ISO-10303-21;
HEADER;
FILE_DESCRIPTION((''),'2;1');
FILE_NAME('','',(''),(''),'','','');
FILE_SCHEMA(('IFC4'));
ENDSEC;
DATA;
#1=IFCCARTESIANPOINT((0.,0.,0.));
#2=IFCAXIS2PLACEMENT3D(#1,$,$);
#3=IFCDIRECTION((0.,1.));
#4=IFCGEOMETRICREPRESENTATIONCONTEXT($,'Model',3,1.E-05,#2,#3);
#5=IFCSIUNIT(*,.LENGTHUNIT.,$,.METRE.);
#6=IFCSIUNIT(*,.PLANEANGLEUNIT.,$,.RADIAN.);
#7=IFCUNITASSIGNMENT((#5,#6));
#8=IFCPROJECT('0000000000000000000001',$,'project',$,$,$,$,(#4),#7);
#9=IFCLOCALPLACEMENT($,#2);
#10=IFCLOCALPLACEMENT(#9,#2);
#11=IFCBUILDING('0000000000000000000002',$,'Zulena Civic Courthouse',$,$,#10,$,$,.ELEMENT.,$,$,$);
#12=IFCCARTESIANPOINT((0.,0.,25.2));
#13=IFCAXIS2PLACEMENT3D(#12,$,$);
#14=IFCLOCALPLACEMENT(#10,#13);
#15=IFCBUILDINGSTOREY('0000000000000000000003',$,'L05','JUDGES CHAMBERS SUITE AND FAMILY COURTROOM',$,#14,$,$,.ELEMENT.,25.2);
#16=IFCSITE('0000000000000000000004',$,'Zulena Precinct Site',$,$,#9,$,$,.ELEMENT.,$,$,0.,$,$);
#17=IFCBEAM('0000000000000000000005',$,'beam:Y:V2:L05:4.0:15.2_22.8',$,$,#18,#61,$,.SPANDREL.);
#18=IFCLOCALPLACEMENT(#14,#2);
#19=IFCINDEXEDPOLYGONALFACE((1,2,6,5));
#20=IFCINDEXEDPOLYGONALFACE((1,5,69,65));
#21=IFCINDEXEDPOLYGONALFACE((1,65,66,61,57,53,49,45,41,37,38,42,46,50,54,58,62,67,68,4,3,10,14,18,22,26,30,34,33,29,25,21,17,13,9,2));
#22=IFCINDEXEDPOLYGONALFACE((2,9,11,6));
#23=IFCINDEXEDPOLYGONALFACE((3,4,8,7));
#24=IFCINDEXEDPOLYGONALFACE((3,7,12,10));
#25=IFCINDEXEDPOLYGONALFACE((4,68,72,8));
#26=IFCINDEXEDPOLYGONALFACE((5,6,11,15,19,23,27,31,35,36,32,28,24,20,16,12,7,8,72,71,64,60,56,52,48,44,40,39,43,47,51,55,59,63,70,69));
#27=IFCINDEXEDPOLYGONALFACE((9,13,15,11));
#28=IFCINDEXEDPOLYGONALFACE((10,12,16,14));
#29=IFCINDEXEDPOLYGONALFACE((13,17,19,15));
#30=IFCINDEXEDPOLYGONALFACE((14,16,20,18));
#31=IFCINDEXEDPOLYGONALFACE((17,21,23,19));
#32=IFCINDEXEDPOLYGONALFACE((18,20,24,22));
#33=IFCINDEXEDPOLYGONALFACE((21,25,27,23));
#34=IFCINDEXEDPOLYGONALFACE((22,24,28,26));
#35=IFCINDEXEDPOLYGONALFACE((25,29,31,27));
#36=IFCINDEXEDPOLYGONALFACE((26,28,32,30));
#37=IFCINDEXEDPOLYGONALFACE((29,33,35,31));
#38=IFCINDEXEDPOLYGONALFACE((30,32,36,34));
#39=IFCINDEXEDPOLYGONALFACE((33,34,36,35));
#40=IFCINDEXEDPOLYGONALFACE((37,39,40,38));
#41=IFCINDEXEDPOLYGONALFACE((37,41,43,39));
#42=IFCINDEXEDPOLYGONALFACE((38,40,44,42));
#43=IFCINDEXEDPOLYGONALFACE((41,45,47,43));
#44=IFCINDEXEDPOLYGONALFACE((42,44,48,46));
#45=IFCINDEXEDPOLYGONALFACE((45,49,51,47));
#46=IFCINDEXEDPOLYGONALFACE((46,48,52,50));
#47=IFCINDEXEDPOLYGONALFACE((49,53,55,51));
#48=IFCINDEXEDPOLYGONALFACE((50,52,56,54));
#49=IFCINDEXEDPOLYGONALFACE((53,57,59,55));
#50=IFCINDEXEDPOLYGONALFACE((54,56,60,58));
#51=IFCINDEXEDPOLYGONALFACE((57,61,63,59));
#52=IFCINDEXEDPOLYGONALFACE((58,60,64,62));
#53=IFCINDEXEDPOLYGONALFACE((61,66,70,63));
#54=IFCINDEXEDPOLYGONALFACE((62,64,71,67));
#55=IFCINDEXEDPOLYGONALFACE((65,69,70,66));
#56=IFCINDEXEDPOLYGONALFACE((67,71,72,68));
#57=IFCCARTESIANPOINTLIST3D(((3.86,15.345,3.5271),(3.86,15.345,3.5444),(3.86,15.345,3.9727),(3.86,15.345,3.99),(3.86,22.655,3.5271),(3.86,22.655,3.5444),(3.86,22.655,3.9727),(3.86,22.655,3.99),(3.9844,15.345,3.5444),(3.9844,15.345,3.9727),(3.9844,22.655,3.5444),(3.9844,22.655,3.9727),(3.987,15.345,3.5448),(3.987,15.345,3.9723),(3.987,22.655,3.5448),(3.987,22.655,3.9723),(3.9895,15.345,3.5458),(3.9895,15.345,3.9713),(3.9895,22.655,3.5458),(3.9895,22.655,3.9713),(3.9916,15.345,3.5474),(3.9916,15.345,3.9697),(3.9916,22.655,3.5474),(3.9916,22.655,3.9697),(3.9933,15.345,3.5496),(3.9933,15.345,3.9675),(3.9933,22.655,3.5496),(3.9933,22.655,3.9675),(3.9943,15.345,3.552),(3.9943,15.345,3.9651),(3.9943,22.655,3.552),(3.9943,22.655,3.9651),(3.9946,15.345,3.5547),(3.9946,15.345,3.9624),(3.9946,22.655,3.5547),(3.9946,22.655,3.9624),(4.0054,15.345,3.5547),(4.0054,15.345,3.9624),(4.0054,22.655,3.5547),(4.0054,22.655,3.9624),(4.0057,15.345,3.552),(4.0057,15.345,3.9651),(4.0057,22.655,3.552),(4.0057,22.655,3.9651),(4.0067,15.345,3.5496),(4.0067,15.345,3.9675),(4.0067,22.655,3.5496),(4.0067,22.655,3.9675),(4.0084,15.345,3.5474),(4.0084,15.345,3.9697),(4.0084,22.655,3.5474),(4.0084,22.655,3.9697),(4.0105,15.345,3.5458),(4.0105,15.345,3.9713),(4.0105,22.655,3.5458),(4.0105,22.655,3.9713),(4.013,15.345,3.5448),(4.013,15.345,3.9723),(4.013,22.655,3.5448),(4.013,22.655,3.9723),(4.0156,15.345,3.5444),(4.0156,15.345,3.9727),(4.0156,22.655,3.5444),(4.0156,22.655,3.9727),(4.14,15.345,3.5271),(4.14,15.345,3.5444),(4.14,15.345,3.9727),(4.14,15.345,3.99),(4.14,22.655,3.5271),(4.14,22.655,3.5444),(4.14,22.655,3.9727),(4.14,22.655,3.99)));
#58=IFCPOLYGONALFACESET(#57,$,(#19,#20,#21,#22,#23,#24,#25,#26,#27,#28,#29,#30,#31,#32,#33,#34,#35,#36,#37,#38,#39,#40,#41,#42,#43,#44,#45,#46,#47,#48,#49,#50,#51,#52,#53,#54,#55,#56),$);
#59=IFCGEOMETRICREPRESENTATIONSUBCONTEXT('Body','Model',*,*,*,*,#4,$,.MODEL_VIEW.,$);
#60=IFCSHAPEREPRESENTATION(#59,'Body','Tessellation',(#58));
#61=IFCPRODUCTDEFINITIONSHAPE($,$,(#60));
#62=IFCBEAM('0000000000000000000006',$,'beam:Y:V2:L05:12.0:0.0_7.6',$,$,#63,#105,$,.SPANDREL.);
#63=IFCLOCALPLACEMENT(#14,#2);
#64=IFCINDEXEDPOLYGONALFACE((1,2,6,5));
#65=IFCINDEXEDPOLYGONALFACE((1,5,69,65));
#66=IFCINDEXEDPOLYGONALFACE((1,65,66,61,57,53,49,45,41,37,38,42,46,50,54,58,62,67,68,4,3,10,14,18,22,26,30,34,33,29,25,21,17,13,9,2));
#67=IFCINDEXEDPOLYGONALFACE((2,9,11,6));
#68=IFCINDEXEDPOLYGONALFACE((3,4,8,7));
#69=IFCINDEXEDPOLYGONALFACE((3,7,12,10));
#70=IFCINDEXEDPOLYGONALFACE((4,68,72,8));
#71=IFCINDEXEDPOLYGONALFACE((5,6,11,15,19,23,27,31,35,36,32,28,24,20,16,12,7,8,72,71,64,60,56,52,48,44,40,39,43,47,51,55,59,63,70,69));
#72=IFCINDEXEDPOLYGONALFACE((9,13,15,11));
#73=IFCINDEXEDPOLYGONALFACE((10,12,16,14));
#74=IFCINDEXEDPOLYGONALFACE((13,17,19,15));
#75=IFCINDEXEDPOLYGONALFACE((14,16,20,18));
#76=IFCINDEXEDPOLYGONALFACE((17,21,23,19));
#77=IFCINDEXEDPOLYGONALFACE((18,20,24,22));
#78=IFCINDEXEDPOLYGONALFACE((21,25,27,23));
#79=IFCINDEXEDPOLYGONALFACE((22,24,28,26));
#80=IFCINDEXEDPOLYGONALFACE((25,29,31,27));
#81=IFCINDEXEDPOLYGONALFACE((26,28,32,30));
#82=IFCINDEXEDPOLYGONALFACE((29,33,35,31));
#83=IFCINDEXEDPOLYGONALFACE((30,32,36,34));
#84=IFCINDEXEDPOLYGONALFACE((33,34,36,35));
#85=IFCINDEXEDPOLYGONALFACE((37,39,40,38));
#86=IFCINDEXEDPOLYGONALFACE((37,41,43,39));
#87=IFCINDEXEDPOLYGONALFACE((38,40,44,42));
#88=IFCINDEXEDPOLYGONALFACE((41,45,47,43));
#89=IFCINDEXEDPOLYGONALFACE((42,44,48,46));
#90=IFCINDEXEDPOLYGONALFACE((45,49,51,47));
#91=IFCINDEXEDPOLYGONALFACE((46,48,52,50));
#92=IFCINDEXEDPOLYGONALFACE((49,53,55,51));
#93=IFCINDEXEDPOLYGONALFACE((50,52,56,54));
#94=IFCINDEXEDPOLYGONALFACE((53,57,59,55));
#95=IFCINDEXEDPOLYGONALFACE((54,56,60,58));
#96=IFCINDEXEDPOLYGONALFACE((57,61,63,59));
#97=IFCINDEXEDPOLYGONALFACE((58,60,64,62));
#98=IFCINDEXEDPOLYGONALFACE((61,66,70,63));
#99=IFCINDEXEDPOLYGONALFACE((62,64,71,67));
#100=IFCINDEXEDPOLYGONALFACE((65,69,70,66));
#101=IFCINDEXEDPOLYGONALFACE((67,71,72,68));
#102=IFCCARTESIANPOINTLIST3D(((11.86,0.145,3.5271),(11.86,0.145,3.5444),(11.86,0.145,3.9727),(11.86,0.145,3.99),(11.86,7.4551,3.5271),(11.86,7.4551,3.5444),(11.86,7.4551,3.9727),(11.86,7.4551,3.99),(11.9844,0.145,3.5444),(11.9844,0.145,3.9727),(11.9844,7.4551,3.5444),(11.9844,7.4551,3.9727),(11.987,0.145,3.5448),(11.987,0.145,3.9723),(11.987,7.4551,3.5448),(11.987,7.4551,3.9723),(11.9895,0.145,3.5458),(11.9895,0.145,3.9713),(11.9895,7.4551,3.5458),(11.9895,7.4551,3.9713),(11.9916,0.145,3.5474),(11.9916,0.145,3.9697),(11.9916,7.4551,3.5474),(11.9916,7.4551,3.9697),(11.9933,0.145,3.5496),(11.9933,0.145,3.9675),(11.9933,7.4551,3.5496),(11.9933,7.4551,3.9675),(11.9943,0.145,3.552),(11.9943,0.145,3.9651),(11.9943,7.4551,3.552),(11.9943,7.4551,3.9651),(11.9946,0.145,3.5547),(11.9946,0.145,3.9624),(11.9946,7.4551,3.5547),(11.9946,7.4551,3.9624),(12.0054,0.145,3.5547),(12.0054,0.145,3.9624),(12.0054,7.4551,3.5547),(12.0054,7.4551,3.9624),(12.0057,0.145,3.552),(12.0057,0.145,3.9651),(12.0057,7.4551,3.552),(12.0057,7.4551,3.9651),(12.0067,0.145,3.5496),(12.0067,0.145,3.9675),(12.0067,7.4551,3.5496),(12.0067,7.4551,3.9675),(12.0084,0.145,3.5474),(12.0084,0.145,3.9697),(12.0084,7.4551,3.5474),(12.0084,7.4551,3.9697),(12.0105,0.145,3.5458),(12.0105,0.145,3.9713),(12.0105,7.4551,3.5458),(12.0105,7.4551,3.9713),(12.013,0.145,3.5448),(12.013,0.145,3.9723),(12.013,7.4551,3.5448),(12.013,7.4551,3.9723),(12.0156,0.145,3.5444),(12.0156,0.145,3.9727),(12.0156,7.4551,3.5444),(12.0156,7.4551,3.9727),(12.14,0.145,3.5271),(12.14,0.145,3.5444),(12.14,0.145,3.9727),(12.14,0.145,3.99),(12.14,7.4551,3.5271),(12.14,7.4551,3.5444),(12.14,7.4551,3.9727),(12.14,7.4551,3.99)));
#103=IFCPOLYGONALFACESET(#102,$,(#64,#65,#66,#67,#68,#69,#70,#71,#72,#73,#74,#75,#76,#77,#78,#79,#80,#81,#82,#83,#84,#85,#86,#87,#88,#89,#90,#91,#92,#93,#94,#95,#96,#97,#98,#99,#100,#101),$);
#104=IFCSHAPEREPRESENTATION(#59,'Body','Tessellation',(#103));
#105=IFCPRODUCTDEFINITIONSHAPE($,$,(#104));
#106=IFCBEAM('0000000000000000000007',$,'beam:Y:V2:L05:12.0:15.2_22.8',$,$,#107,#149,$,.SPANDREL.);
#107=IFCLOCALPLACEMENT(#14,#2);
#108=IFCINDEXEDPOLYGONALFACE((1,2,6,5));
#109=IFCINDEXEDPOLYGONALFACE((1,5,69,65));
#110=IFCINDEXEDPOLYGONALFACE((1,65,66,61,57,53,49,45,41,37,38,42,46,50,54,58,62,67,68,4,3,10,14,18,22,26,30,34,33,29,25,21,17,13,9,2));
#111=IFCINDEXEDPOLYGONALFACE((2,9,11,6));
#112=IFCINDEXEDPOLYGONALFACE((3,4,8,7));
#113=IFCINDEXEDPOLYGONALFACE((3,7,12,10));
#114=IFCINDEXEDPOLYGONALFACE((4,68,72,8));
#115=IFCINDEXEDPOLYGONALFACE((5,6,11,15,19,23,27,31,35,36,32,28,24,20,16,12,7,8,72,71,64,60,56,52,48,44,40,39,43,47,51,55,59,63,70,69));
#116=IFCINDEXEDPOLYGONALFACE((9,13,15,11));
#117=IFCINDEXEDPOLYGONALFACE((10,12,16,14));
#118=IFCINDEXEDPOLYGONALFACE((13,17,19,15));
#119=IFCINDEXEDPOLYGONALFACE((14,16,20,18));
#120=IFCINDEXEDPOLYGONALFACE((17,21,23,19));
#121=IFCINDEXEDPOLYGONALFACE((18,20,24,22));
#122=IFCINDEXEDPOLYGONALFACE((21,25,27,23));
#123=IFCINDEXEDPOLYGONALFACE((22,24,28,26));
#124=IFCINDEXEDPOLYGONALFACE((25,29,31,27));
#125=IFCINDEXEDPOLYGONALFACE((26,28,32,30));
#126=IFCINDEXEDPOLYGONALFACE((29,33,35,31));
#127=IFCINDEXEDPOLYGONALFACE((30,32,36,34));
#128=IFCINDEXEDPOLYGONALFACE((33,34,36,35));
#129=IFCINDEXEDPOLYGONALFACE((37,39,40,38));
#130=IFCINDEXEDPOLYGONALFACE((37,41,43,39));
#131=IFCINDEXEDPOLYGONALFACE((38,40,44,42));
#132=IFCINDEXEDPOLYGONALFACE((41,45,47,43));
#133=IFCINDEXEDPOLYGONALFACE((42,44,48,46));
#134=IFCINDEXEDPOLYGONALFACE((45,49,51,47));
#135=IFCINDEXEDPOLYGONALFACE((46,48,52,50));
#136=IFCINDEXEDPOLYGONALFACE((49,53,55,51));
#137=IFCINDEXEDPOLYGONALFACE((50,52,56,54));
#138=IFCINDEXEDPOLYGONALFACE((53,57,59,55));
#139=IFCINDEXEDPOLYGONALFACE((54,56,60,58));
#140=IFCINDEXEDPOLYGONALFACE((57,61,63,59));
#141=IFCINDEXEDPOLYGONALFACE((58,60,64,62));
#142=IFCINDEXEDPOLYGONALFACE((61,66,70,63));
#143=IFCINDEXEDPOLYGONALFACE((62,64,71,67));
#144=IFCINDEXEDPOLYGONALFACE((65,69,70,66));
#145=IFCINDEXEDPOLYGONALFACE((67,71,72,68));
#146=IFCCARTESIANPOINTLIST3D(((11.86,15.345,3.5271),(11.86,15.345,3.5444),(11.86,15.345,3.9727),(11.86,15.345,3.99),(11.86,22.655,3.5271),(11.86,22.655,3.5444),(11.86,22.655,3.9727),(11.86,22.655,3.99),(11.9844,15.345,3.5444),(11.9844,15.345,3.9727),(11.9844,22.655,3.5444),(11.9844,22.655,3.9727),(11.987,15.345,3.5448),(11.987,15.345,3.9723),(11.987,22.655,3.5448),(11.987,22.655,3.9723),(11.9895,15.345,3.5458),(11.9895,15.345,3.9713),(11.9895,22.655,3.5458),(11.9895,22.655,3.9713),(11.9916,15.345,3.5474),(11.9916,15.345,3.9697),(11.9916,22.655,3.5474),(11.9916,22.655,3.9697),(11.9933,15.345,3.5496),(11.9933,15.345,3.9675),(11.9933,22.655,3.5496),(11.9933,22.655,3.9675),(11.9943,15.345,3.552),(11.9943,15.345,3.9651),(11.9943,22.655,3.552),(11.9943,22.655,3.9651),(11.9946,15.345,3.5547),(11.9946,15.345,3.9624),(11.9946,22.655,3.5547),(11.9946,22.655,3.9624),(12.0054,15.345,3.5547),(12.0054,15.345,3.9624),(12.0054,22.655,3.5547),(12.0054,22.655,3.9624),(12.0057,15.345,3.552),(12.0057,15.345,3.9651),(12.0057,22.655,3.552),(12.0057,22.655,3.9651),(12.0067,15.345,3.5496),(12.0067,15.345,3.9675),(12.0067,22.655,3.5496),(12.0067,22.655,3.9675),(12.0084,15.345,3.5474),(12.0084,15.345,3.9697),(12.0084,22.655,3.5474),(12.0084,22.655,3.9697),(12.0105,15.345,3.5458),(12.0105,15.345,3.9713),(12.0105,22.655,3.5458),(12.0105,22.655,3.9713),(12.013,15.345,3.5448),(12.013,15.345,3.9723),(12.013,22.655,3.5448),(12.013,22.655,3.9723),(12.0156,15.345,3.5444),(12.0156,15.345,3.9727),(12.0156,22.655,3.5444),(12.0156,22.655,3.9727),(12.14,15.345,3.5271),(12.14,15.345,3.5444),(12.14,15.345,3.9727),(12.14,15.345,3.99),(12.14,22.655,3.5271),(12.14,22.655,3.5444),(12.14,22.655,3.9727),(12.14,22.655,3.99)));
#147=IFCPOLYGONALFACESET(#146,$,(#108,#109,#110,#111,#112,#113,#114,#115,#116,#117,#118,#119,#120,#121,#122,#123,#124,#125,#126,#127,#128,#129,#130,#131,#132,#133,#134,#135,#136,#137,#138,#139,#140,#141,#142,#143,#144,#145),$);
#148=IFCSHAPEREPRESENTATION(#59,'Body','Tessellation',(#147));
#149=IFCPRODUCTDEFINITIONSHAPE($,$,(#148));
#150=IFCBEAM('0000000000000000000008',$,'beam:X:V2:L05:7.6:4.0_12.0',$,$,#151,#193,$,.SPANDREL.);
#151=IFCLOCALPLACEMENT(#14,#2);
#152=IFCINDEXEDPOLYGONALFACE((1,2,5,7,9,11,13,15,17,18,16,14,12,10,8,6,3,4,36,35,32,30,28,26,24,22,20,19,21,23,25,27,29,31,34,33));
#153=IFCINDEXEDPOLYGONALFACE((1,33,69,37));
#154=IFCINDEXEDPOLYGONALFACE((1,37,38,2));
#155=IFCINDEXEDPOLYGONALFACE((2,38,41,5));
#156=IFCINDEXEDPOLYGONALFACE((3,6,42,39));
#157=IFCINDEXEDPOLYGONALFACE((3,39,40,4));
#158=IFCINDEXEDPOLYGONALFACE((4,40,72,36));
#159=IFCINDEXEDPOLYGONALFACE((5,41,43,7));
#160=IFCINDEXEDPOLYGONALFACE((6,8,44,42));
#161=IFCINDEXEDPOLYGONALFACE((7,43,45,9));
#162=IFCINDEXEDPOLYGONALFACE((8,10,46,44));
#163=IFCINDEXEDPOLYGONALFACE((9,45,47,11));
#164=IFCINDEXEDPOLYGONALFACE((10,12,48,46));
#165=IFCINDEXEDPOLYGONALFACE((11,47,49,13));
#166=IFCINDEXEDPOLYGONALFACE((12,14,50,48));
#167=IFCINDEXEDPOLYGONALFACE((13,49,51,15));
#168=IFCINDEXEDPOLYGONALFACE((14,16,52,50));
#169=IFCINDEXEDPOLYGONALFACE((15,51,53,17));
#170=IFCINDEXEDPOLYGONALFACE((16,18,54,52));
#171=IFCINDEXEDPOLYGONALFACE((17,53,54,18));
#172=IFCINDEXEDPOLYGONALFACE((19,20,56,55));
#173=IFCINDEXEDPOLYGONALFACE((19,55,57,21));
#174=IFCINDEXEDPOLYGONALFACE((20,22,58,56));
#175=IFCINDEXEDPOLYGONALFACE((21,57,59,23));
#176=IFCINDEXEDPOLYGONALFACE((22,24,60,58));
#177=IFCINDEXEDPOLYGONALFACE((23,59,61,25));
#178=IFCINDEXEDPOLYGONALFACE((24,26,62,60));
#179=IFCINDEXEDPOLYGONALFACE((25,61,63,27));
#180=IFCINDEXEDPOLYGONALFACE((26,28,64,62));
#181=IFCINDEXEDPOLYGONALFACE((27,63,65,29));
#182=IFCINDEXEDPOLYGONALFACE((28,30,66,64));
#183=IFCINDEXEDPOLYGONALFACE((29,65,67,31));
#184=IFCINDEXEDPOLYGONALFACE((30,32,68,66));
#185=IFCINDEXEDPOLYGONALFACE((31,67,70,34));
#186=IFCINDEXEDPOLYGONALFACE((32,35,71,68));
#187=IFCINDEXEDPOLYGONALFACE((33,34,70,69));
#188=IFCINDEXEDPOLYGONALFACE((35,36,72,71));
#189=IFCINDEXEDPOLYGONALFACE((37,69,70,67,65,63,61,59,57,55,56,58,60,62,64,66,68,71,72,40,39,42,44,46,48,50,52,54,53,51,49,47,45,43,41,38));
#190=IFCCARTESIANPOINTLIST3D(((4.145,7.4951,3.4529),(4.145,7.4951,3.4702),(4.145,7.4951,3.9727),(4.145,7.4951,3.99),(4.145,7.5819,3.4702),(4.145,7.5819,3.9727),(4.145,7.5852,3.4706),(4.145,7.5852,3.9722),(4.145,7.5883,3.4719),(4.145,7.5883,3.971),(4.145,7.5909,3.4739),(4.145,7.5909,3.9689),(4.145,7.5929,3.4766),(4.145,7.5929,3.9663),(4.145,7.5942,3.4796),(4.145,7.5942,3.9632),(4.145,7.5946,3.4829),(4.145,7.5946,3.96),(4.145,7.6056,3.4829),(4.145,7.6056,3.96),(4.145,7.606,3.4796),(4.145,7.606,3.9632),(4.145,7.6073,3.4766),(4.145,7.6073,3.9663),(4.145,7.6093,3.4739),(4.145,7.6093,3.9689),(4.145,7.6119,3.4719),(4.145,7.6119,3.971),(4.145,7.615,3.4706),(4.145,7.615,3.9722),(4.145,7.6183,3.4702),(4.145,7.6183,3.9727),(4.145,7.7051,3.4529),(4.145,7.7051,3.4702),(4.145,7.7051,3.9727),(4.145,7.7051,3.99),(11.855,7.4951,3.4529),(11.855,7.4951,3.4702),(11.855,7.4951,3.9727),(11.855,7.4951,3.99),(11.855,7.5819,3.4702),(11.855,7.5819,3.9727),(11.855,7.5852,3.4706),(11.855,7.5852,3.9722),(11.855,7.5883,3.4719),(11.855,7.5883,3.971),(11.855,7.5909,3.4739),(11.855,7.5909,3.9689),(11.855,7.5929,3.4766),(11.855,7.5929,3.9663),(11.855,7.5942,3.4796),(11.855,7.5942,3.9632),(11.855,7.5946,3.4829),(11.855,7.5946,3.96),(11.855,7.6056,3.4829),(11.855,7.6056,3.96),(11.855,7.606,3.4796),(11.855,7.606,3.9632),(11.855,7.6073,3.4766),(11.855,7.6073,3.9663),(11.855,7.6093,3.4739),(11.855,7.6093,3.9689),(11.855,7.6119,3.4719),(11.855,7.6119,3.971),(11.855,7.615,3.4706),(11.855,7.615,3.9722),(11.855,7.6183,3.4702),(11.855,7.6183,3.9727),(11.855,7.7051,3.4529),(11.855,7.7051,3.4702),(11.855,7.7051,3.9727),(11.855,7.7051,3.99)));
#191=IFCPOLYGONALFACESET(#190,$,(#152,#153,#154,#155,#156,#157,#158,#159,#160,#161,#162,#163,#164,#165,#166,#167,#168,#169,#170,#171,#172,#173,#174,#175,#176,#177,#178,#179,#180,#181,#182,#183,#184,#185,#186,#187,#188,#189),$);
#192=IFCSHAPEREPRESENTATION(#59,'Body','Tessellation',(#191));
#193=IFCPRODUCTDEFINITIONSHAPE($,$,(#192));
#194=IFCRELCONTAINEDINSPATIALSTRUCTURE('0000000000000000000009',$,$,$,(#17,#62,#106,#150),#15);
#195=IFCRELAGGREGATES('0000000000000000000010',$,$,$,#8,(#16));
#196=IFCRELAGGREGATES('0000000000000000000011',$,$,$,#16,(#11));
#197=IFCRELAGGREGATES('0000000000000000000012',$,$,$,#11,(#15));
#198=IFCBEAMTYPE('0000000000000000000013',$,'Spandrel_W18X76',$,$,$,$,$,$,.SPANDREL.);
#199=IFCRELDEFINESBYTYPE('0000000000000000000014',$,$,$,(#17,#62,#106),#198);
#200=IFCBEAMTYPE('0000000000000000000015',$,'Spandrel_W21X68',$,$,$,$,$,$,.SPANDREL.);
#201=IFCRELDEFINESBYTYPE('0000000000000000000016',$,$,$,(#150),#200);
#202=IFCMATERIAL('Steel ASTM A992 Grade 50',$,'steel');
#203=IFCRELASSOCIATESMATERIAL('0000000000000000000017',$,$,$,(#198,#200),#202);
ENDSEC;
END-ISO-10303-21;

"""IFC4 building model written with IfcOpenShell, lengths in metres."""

from ifc_helpers import new_model, si_unit, direction, frame, origin, origin_2d, place, context, subcontext, project, spatial, i_section, extrude, material, material_profile, profile_set, type_object, element, save


model = new_model("IFC4")

# Units and contexts
model_context = context("Model", 3, precision=1e-05, world=origin(), true_north=direction((0.0, 1.0)))
body_context = subcontext(model_context, "Body", "Model", "MODEL_VIEW")
ifc_project = project(units=[si_unit("LENGTHUNIT", "METRE"), si_unit("PLANEANGLEUNIT", "RADIAN")], contexts=[model_context])

# Site, building, storey
site_placement = place(None, origin())
site = spatial("IfcSite", under=ifc_project, at=site_placement, Name="Zulena Precinct Site", CompositionType="ELEMENT", RefElevation=0.0)
building_placement = place(site_placement, origin())
building = spatial("IfcBuilding", under=site, at=building_placement, Name="Zulena Civic Courthouse", CompositionType="ELEMENT")
storey_placement = place(building_placement, frame((0.0, 0.0, 25.2)))
storey = spatial("IfcBuildingStorey", under=building, at=storey_placement, Name="L05", Description="JUDGES CHAMBERS SUITE AND FAMILY COURTROOM", CompositionType="ELEMENT", Elevation=25.2)

# Shared definitions
ifc_material_1 = material(Name="Steel ASTM A992 Grade 50", Category="steel")

# Beams
ifc_material_profile_1 = material_profile(ifc_material_1, i_section(OverallWidth=0.28, OverallDepth=0.4629, WebThickness=0.0107, FlangeThickness=0.0173, FilletRadius=0.0103, at=origin_2d()), Name="W18X76")
ifc_profile_set_1 = profile_set([ifc_material_profile_1], Name="Steel ASTM A992 Grade 50")
beam_type_1 = type_object("IfcBeamType", Name="Spandrel_W18X76", PredefinedType="SPANDREL", material=ifc_profile_set_1)
for number, where, z_axis, x_axis, name in (
    (1, (4.0, 15.345, 3.7585), (0.0, 1.0, 0.0), (-1.0, 0.0, 0.0), "beam:Y:V2:L05:4.0:15.2_22.8"),
    (2, (12.0, 0.145, 3.7585), (0.0, 1.0, 0.0), (-1.0, 0.0, 0.0), "beam:Y:V2:L05:12.0:0.0_7.6"),
    (3, (12.0, 15.345, 3.7585), (0.0, 1.0, 0.0), (-1.0, 0.0, 0.0), "beam:Y:V2:L05:12.0:15.2_22.8"),
):
    element("IfcBeam", number, at=place(storey_placement, frame(where, z_axis=z_axis, x_axis=x_axis)), inside=storey, type_object=beam_type_1, Name=name, PredefinedType="SPANDREL", context=body_context, shape_type="SweptSolid", body=[
        extrude(i_section(OverallWidth=0.28, OverallDepth=0.4629, WebThickness=0.0107, FlangeThickness=0.0173, FilletRadius=0.0103, at=origin_2d()), origin(), (0.0, 0.0, 1.0), 7.3101),
    ])
ifc_material_profile_2 = material_profile(ifc_material_1, i_section(OverallWidth=0.21, OverallDepth=0.5371, WebThickness=0.011, FlangeThickness=0.0173, FilletRadius=0.0127, at=origin_2d()), Name="W21X68")
ifc_profile_set_2 = profile_set([ifc_material_profile_2], Name="Steel ASTM A992 Grade 50")
beam_type_2 = type_object("IfcBeamType", Name="Spandrel_W21X68", PredefinedType="SPANDREL", material=ifc_profile_set_2)
for number, where, z_axis, x_axis, name in (
    (4, (4.145, 7.6001, 3.7214), (1.0, 0.0, 0.0), (0.0, 1.0, 0.0), "beam:X:V2:L05:7.6:4.0_12.0"),
):
    element("IfcBeam", number, at=place(storey_placement, frame(where, z_axis=z_axis, x_axis=x_axis)), inside=storey, type_object=beam_type_2, Name=name, PredefinedType="SPANDREL", context=body_context, shape_type="SweptSolid", body=[
        extrude(i_section(OverallWidth=0.21, OverallDepth=0.5371, WebThickness=0.011, FlangeThickness=0.0173, FilletRadius=0.0127, at=origin_2d()), origin(), (0.0, 0.0, 1.0), 7.71),
    ])

save(model, "model.ifc")
